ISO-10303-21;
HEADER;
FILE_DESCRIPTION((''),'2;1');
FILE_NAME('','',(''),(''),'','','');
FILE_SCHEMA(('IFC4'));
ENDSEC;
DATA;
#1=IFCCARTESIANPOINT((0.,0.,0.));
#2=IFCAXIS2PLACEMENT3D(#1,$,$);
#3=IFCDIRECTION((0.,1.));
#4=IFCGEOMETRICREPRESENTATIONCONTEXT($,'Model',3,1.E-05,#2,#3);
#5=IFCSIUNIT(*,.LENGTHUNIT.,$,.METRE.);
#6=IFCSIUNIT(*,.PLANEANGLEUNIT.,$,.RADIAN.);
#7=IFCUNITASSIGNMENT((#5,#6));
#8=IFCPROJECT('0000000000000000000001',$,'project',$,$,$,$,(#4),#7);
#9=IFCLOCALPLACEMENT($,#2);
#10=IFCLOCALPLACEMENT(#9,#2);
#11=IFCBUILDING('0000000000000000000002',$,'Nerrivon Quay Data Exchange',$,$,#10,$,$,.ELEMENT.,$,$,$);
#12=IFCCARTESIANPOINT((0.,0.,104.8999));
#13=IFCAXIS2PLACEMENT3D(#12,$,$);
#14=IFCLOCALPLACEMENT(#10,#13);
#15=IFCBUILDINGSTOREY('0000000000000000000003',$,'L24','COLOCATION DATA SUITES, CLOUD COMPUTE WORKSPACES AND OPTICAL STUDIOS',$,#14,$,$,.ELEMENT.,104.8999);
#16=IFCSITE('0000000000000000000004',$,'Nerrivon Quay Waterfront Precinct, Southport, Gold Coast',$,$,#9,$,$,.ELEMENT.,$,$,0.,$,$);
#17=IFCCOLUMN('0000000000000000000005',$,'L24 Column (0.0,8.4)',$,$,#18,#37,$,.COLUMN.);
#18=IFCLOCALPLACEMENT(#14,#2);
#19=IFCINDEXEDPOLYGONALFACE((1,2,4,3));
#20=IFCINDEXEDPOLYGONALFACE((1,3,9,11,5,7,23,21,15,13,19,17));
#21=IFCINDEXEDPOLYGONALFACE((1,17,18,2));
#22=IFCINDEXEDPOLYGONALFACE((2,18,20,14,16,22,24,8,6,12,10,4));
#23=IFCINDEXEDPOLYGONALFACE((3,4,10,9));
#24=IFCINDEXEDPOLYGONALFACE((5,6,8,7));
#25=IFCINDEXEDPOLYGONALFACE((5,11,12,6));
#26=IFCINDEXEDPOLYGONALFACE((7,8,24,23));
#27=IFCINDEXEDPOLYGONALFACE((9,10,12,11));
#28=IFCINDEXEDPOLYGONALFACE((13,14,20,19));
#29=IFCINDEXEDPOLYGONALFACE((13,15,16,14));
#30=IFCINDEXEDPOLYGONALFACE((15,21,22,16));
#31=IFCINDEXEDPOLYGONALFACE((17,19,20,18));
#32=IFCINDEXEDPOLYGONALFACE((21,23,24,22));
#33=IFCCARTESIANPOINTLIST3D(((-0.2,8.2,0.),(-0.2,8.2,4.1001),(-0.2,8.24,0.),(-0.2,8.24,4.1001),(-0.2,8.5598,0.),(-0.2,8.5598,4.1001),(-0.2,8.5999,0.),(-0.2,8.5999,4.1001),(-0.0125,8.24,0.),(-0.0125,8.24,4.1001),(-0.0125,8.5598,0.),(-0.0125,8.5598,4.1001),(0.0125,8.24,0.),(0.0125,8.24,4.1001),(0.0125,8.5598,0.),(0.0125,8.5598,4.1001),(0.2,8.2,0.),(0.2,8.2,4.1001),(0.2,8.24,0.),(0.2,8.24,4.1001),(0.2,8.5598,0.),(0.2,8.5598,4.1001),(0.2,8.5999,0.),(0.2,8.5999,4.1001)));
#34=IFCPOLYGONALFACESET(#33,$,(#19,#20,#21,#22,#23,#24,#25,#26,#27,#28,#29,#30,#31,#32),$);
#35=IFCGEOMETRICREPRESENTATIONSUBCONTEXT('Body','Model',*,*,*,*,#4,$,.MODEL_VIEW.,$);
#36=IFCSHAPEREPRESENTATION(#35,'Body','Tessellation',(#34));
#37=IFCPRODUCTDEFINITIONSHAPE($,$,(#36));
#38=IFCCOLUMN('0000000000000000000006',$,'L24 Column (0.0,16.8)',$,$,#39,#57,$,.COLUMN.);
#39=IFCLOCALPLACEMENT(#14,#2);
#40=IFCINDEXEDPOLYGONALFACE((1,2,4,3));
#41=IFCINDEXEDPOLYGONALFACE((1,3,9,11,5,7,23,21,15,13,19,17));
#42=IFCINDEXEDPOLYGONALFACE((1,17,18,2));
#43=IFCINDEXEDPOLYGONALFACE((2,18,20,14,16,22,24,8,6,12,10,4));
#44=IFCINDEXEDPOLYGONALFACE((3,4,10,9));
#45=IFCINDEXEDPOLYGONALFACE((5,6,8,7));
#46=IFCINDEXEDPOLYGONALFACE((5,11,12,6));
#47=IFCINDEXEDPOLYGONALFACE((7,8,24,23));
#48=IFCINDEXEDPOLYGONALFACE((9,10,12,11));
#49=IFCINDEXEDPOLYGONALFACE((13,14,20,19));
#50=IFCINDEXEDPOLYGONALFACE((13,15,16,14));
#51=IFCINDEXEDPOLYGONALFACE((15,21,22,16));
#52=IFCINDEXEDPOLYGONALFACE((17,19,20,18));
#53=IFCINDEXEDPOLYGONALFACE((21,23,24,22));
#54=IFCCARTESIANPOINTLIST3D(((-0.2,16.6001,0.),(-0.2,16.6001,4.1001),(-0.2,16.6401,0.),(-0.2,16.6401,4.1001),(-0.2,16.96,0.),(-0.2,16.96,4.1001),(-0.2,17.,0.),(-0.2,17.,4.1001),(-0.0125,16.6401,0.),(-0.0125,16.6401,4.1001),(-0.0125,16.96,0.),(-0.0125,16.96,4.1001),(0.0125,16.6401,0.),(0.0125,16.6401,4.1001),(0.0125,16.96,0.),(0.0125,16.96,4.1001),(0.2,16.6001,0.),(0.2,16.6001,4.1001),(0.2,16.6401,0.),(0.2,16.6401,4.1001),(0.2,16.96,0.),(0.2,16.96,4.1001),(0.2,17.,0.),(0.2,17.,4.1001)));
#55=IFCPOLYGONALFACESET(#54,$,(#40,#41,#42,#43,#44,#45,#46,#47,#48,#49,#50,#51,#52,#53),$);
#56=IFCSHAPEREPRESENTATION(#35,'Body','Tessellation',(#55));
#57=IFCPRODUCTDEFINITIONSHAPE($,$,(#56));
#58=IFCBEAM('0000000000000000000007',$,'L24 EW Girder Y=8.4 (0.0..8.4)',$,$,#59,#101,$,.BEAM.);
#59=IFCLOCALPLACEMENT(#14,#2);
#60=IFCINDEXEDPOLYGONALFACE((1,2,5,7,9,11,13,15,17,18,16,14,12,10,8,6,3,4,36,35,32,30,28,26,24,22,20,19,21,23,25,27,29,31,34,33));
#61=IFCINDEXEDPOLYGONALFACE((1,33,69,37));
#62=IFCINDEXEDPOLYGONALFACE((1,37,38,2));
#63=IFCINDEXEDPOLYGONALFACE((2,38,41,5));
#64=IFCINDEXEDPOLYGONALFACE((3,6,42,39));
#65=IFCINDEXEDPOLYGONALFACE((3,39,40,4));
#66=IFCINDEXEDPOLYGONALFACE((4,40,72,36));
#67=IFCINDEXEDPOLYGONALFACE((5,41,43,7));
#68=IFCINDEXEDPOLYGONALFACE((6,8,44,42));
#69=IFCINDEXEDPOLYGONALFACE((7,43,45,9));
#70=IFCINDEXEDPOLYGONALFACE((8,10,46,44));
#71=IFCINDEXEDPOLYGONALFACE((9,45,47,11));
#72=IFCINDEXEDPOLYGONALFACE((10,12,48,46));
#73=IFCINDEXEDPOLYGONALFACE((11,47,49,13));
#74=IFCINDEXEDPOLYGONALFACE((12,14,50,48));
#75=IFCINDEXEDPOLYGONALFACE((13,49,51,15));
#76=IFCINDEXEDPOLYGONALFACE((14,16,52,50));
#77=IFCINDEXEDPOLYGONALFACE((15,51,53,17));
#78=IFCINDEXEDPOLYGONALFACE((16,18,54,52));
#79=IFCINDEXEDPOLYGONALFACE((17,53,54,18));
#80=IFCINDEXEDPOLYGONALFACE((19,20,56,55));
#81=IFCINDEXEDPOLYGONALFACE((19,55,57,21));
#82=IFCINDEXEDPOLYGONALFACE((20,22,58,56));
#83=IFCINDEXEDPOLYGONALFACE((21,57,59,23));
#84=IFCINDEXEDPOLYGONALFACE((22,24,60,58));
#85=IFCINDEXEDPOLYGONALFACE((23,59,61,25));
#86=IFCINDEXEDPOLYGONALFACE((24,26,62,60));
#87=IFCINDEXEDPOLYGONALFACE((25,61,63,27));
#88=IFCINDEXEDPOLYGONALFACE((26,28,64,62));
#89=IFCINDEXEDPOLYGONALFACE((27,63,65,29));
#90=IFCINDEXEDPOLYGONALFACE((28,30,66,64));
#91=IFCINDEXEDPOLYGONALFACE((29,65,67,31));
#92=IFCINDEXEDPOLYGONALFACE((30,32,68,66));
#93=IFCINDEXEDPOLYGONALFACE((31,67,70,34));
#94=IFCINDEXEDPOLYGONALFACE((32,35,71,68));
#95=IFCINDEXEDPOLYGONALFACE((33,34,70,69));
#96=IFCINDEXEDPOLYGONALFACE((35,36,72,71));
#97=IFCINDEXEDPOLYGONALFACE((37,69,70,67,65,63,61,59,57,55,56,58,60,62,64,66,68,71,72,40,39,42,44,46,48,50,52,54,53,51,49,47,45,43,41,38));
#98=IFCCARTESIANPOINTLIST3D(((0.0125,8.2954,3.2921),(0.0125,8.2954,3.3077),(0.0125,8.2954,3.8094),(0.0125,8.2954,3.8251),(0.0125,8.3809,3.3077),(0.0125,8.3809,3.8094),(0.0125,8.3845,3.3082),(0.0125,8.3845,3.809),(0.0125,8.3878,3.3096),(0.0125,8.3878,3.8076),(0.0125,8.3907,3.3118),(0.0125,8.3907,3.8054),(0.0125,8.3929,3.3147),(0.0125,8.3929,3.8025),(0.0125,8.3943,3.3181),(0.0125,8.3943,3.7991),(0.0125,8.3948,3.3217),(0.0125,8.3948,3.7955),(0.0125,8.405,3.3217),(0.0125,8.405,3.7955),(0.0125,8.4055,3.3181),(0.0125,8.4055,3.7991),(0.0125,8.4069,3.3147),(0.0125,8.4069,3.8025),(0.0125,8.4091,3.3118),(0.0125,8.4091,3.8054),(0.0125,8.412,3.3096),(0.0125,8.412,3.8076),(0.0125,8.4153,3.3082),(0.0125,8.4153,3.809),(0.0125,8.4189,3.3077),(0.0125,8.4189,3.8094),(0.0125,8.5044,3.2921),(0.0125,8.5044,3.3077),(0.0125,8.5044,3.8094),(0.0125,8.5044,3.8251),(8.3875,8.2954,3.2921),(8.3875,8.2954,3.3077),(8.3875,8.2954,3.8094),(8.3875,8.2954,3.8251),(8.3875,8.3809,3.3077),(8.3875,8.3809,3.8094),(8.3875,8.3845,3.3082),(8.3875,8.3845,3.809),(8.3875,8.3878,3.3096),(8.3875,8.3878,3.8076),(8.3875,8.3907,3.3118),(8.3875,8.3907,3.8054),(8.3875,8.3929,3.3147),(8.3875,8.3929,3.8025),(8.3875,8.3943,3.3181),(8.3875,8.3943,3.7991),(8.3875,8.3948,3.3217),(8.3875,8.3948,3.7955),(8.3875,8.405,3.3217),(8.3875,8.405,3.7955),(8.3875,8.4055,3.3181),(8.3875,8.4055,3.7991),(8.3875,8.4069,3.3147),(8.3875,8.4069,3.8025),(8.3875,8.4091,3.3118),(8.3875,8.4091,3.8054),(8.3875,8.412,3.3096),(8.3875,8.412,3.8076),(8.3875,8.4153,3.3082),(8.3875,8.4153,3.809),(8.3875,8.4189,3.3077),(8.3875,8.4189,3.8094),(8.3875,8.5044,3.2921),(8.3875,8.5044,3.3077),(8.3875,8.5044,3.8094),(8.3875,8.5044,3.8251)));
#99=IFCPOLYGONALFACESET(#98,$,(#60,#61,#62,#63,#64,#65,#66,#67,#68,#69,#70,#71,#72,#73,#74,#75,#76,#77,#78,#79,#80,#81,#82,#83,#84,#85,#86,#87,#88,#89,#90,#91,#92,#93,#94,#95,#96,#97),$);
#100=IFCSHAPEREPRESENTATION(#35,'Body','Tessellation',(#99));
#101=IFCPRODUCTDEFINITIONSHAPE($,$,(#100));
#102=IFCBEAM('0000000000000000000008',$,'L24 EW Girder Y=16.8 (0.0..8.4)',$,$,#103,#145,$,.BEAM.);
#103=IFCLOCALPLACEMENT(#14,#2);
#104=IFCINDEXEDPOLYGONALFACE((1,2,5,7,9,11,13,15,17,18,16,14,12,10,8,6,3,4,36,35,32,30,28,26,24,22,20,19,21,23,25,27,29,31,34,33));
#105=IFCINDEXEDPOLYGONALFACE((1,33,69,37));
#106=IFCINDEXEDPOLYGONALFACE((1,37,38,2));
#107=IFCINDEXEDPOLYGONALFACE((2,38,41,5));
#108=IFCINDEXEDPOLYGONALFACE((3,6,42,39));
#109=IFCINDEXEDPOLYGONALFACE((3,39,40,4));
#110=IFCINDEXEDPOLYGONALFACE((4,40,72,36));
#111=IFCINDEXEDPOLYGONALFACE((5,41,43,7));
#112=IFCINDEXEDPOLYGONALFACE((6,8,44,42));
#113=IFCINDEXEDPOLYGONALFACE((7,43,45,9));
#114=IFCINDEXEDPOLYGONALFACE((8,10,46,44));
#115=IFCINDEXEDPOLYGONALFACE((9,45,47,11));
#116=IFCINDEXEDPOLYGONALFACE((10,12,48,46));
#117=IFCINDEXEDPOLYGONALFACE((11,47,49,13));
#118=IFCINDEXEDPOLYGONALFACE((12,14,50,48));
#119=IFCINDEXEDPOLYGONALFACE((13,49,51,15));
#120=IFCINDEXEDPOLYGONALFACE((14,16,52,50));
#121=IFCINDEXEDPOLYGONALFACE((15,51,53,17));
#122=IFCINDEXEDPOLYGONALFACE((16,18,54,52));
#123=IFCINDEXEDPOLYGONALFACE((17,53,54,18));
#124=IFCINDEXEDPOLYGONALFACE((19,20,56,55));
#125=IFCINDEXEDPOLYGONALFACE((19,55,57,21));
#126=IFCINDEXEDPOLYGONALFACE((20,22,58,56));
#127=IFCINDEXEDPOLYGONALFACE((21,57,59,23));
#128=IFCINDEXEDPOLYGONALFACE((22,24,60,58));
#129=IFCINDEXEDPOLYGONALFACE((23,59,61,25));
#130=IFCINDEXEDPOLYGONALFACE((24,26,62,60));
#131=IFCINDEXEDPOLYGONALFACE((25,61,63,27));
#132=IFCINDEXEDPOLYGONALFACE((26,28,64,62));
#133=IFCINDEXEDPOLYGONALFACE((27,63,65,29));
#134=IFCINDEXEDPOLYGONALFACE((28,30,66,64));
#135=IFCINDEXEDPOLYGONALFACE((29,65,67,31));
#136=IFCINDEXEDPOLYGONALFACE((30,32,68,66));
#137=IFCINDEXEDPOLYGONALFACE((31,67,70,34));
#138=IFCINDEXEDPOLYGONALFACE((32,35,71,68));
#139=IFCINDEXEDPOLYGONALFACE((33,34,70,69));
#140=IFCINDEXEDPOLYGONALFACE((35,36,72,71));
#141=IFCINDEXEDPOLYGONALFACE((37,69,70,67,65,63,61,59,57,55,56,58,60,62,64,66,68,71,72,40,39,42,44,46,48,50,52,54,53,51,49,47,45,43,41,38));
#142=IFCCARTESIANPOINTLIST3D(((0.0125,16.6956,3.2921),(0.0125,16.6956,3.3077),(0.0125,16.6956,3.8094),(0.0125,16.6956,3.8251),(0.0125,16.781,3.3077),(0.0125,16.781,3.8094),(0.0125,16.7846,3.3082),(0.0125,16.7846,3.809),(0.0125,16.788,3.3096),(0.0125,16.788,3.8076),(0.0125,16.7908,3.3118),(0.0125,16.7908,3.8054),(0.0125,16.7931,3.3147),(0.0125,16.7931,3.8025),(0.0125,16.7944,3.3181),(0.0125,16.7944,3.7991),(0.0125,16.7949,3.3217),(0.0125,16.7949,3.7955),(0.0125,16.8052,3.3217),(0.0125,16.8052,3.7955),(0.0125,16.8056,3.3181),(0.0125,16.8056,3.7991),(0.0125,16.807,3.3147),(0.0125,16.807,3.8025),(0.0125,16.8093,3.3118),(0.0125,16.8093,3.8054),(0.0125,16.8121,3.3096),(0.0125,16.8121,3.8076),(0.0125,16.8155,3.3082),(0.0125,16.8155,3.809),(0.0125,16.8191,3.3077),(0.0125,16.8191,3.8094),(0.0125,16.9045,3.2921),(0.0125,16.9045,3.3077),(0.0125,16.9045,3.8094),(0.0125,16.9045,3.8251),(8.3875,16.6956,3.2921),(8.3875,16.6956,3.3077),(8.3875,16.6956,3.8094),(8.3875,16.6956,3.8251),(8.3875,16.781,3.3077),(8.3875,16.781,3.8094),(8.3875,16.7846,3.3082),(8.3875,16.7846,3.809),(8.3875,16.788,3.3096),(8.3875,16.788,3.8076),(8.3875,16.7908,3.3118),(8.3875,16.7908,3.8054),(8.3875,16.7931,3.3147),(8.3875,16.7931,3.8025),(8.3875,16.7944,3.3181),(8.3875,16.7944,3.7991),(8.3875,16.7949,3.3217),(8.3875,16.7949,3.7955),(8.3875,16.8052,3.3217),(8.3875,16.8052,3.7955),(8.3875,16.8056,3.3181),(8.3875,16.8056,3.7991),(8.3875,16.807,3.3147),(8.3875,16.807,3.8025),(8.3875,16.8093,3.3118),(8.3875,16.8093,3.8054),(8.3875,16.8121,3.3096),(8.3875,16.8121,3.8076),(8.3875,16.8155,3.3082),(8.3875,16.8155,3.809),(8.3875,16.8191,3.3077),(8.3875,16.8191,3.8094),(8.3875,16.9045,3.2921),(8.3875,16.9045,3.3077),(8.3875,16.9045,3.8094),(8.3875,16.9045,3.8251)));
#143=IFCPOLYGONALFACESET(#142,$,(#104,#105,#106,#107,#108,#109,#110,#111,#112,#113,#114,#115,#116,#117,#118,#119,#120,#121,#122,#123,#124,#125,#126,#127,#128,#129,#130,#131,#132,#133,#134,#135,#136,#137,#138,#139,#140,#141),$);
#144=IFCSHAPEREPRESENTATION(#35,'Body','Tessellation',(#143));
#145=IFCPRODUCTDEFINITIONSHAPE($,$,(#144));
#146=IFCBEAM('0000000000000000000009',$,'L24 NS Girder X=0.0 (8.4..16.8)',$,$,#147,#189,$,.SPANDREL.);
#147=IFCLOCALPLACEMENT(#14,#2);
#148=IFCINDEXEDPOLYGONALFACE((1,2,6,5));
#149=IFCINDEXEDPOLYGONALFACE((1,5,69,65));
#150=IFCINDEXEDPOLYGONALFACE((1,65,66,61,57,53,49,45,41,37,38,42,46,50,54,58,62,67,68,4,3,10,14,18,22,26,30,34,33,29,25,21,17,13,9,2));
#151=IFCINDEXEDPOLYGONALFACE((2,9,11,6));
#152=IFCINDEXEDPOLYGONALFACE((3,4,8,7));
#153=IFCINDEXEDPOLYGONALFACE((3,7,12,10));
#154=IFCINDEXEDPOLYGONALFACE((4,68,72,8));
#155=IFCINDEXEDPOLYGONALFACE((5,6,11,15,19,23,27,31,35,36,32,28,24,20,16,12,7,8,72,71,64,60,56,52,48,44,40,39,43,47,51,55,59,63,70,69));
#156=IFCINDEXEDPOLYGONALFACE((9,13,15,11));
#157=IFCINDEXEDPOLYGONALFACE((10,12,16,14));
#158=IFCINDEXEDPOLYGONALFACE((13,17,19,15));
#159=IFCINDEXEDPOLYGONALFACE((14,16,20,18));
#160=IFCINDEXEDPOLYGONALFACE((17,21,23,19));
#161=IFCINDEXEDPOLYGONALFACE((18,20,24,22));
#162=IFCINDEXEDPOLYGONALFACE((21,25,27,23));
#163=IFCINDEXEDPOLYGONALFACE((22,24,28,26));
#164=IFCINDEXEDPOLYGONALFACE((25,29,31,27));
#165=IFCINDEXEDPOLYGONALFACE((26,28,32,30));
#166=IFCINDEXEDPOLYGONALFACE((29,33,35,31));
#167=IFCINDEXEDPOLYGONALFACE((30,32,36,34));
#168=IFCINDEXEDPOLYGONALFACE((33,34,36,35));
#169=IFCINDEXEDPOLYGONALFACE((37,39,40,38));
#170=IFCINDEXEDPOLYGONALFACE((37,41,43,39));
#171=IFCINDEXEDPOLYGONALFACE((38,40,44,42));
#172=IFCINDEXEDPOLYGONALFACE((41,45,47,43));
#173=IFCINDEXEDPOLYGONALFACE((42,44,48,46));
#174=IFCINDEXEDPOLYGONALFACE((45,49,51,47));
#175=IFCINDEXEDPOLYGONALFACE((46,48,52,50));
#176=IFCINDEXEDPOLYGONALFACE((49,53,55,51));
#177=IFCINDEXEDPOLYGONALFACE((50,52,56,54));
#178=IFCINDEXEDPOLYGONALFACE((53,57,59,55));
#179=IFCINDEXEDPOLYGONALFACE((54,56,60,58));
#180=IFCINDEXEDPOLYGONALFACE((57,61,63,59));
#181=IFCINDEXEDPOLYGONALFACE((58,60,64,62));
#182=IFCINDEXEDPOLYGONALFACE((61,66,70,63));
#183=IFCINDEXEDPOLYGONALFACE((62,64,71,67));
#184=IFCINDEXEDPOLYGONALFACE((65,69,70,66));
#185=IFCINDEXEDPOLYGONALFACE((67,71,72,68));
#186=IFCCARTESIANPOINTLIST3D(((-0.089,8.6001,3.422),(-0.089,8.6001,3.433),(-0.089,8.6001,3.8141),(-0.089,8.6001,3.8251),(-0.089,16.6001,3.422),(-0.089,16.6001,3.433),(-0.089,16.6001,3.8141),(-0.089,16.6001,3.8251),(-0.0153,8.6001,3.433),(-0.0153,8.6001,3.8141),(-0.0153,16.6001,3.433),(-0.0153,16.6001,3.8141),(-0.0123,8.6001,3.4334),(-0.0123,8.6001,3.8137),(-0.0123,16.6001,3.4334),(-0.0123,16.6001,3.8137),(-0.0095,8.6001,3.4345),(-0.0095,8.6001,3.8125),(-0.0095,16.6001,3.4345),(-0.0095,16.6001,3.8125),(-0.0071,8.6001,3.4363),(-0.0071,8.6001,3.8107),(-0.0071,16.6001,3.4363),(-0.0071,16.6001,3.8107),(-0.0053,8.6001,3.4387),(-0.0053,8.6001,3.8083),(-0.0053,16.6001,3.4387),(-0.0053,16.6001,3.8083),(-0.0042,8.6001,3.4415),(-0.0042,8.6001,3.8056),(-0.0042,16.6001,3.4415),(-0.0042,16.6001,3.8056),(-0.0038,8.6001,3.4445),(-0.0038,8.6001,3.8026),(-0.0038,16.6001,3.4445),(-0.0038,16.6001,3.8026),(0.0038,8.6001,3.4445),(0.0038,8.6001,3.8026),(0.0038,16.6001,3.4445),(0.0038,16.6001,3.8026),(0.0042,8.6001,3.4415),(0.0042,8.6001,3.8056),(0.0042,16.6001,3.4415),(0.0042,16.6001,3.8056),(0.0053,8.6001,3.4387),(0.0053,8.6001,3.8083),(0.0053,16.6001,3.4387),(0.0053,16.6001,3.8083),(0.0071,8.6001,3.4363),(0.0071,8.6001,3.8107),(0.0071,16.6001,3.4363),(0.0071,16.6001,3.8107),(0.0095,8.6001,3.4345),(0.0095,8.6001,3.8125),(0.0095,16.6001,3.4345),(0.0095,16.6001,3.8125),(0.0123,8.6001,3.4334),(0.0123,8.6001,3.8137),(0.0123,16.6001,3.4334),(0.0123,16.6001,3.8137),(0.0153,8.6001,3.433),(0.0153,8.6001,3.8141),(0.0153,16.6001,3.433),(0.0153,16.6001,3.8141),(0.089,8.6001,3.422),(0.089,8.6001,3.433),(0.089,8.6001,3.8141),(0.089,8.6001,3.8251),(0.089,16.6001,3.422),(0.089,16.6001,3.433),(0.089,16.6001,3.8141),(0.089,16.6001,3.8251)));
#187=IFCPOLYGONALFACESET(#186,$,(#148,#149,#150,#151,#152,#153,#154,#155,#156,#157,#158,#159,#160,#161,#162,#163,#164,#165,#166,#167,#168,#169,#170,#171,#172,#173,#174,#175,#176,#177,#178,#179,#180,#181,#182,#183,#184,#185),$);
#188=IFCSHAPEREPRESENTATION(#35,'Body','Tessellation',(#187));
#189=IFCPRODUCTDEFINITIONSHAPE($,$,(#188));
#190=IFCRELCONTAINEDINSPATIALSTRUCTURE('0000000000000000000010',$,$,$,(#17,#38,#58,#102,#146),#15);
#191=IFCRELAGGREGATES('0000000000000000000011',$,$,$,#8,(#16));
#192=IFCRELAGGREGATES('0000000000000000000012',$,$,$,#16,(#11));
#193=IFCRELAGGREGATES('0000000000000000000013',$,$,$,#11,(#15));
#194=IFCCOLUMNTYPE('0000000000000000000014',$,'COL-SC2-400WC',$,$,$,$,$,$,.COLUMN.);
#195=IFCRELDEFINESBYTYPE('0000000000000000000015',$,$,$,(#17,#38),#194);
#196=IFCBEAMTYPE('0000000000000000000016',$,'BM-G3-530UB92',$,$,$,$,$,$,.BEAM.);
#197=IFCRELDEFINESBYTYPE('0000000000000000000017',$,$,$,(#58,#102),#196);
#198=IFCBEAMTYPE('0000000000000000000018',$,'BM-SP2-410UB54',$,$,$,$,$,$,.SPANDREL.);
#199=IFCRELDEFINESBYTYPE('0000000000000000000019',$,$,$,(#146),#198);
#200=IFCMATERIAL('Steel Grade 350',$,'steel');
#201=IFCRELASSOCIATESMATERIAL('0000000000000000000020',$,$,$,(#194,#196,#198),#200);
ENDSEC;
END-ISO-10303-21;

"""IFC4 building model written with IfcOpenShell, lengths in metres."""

from ifc_helpers import new_model, si_unit, direction, frame, origin, origin_2d, place, context, subcontext, project, spatial, i_section, extrude, material, material_profile, profile_set, type_object, element, save


model = new_model("IFC4")

# Units and contexts
model_context = context("Model", 3, precision=1e-05, world=origin(), true_north=direction((0.0, 1.0)))
body_context = subcontext(model_context, "Body", "Model", "MODEL_VIEW")
ifc_project = project(units=[si_unit("LENGTHUNIT", "METRE"), si_unit("PLANEANGLEUNIT", "RADIAN")], contexts=[model_context])

# Site, building, storey
site_placement = place(None, origin())
site = spatial("IfcSite", under=ifc_project, at=site_placement, Name="Nerrivon Quay Waterfront Precinct, Southport, Gold Coast", CompositionType="ELEMENT", RefElevation=0.0)
building_placement = place(site_placement, origin())
building = spatial("IfcBuilding", under=site, at=building_placement, Name="Nerrivon Quay Data Exchange", CompositionType="ELEMENT")
storey_placement = place(building_placement, frame((0.0, 0.0, 104.8999)))
storey = spatial("IfcBuildingStorey", under=building, at=storey_placement, Name="L24", Description="COLOCATION DATA SUITES, CLOUD COMPUTE WORKSPACES AND OPTICAL STUDIOS", CompositionType="ELEMENT", Elevation=104.8999)

# Columns
ifc_material_1 = material(Name="Steel Grade 350", Category="steel")
ifc_material_profile_1 = material_profile(ifc_material_1, i_section(OverallWidth=0.3999, OverallDepth=0.3999, WebThickness=0.0249, FlangeThickness=0.04, at=origin_2d()), Name="400WC328")
ifc_profile_set_1 = profile_set([ifc_material_profile_1], Name="Steel Grade 350")
column_type = type_object("IfcColumnType", Name="COL-SC2-400WC", PredefinedType="COLUMN", material=ifc_profile_set_1)
for number, where, z_axis, x_axis, name in (
    (1, (0.0, 8.3999, 0.0), (0.0, 0.0, 1.0), (1.0, 0.0, 0.0), "L24 Column (0.0,8.4)"),
    (2, (0.0, 16.8, 0.0), (0.0, 0.0, 1.0), (1.0, 0.0, 0.0), "L24 Column (0.0,16.8)"),
):
    element("IfcColumn", number, at=place(storey_placement, frame(where, z_axis=z_axis, x_axis=x_axis)), inside=storey, type_object=column_type, Name=name, PredefinedType="COLUMN", context=body_context, shape_type="SweptSolid", body=[
        extrude(i_section(OverallWidth=0.3999, OverallDepth=0.3999, WebThickness=0.0249, FlangeThickness=0.04, at=origin_2d()), origin(), (0.0, 0.0, 1.0), 4.1001),
    ])

# Beams
ifc_material_profile_2 = material_profile(ifc_material_1, i_section(OverallWidth=0.209, OverallDepth=0.533, WebThickness=0.0103, FlangeThickness=0.0156, FilletRadius=0.0139, at=origin_2d()), Name="530UB92.4")
ifc_profile_set_2 = profile_set([ifc_material_profile_2], Name="Steel Grade 350")
beam_type_1 = type_object("IfcBeamType", Name="BM-G3-530UB92", PredefinedType="BEAM", material=ifc_profile_set_2)
for number, where, z_axis, x_axis, name in (
    (3, (0.0125, 8.3999, 3.5586), (1.0, 0.0, 0.0), (0.0, 1.0, 0.0), "L24 EW Girder Y=8.4 (0.0..8.4)"),
    (4, (0.0125, 16.8, 3.5586), (1.0, 0.0, 0.0), (0.0, 1.0, 0.0), "L24 EW Girder Y=16.8 (0.0..8.4)"),
):
    element("IfcBeam", number, at=place(storey_placement, frame(where, z_axis=z_axis, x_axis=x_axis)), inside=storey, type_object=beam_type_1, Name=name, PredefinedType="BEAM", context=body_context, shape_type="SweptSolid", body=[
        extrude(i_section(OverallWidth=0.209, OverallDepth=0.533, WebThickness=0.0103, FlangeThickness=0.0156, FilletRadius=0.0139, at=origin_2d()), origin(), (0.0, 0.0, 1.0), 8.375),
    ])
ifc_material_profile_3 = material_profile(ifc_material_1, i_section(OverallWidth=0.178, OverallDepth=0.4031, WebThickness=0.0076, FlangeThickness=0.011, FilletRadius=0.0115, at=origin_2d()), Name="410UB53.7")
ifc_profile_set_3 = profile_set([ifc_material_profile_3], Name="Steel Grade 350")
beam_type_2 = type_object("IfcBeamType", Name="BM-SP2-410UB54", PredefinedType="SPANDREL", material=ifc_profile_set_3)
for number, where, z_axis, x_axis, name in (
    (5, (0.0, 8.6001, 3.6235), (0.0, 1.0, 0.0), (-1.0, 0.0, 0.0), "L24 NS Girder X=0.0 (8.4..16.8)"),
):
    element("IfcBeam", number, at=place(storey_placement, frame(where, z_axis=z_axis, x_axis=x_axis)), inside=storey, type_object=beam_type_2, Name=name, PredefinedType="SPANDREL", context=body_context, shape_type="SweptSolid", body=[
        extrude(i_section(OverallWidth=0.178, OverallDepth=0.4031, WebThickness=0.0076, FlangeThickness=0.011, FilletRadius=0.0115, at=origin_2d()), origin(), (0.0, 0.0, 1.0), 8.0),
    ])

save(model, "model.ifc")
